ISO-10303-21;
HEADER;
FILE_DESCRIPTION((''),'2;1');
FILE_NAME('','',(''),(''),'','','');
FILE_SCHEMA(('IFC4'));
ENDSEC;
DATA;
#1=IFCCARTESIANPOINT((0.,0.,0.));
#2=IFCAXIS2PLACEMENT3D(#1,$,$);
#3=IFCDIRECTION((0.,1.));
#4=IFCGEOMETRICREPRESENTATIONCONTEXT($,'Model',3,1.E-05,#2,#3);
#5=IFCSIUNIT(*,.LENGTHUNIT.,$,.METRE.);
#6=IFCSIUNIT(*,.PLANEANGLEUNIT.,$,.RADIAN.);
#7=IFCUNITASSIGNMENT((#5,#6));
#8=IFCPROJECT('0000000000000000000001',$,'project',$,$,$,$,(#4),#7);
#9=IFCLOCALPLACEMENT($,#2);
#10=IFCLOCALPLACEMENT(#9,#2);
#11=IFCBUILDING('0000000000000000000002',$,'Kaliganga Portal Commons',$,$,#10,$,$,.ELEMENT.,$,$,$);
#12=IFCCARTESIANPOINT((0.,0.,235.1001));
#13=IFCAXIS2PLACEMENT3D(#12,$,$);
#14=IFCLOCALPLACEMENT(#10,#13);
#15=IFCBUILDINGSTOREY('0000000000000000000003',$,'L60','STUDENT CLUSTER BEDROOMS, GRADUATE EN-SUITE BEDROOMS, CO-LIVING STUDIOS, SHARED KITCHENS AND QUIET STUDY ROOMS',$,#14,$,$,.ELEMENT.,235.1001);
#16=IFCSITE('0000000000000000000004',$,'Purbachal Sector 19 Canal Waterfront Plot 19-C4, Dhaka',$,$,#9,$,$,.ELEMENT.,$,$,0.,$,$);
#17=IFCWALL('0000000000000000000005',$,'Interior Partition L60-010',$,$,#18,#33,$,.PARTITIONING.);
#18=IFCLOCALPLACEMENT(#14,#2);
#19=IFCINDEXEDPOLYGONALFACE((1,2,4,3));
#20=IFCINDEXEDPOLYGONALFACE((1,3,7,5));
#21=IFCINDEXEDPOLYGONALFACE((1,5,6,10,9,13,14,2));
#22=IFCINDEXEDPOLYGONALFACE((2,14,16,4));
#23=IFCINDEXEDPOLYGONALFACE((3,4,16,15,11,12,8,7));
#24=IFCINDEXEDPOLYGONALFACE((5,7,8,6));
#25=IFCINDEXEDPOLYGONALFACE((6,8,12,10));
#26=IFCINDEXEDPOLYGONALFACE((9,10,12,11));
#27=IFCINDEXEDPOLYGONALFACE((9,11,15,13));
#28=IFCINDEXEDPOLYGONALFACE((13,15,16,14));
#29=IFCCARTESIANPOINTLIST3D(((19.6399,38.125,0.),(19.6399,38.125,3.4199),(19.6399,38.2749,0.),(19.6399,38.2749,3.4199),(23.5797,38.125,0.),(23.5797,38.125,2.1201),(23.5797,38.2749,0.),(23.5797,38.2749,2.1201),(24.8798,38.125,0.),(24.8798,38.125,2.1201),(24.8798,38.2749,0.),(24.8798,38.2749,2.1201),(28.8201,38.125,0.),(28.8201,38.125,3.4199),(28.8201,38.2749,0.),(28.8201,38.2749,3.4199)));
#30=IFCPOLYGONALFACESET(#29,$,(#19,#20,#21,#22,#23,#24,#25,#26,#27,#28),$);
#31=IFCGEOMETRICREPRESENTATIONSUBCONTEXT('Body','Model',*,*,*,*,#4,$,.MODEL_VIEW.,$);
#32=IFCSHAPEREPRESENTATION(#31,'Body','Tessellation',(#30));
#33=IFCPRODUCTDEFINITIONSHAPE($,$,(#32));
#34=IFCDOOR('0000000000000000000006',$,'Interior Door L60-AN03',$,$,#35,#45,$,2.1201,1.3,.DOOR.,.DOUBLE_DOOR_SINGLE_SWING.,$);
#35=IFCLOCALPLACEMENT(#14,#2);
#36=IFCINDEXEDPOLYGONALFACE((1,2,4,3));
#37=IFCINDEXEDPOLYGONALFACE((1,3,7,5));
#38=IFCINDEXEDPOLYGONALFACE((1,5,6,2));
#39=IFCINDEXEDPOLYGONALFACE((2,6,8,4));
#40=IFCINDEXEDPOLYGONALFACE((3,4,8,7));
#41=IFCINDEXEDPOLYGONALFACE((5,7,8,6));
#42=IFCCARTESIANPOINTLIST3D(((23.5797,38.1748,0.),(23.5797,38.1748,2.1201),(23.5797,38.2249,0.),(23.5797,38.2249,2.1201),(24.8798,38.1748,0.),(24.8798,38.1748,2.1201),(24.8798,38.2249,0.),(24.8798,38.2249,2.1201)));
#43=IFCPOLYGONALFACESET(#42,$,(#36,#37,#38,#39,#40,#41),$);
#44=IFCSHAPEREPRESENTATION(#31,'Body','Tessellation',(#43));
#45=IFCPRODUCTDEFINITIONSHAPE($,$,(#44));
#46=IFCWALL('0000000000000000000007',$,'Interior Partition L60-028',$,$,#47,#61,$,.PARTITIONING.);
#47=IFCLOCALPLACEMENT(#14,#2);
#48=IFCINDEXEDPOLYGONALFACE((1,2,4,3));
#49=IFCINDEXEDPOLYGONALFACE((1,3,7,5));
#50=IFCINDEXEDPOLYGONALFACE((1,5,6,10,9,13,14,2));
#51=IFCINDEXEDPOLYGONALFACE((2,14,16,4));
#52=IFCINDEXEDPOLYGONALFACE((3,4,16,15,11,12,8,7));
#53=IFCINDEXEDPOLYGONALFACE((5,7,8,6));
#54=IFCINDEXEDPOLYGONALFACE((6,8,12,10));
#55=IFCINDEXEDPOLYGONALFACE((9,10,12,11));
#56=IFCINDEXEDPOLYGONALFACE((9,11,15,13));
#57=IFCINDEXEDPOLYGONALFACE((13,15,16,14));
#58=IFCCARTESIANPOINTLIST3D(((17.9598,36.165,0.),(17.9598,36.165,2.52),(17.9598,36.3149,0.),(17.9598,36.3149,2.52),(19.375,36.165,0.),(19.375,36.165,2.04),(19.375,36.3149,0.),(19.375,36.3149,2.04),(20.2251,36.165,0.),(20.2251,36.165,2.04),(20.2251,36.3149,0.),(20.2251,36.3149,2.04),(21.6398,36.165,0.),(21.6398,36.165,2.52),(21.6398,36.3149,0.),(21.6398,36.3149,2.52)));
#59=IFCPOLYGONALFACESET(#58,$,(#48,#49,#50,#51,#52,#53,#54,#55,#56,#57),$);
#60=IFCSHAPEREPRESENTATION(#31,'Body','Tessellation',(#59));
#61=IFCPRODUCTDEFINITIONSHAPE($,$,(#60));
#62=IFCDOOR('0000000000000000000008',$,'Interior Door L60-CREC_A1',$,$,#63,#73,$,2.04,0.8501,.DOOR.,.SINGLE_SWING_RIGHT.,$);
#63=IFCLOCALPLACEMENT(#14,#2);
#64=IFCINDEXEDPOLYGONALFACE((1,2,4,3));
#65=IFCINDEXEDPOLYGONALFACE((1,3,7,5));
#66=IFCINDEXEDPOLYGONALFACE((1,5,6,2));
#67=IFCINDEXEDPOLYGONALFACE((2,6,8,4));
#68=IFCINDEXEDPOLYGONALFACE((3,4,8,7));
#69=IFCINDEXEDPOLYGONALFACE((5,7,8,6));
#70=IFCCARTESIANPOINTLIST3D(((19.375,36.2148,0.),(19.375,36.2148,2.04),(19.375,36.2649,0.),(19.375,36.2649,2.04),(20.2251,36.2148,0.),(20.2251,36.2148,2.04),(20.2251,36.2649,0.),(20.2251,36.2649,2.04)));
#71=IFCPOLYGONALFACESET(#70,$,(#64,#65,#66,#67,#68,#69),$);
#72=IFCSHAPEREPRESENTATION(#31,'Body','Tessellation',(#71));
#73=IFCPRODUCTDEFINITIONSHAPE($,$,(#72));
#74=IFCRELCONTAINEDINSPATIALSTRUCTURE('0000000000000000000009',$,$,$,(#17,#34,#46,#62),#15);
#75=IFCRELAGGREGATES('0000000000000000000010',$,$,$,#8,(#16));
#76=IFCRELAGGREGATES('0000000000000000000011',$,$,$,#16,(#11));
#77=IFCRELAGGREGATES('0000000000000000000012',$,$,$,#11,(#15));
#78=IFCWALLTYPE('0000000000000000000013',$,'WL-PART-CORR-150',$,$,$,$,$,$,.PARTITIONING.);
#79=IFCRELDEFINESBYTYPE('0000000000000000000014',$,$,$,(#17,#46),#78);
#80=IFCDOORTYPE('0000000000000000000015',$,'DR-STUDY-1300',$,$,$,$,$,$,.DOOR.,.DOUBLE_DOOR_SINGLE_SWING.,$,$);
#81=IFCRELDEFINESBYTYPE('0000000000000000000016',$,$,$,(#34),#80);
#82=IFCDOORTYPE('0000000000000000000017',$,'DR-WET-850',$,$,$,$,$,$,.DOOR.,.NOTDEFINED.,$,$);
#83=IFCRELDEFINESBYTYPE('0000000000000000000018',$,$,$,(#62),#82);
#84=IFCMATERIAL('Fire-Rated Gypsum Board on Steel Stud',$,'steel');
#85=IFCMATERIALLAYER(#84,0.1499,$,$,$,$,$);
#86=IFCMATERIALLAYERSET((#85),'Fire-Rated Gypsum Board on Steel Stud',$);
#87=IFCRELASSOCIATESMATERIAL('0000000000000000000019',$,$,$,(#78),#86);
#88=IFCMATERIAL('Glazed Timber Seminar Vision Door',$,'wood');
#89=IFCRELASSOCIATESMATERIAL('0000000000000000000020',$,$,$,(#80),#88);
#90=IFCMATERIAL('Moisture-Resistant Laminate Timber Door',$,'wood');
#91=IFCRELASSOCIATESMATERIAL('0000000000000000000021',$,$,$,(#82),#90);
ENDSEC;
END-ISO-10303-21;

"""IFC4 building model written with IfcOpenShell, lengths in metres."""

from ifc_helpers import new_model, si_unit, direction, frame, frame_2d, origin, place, context, subcontext, project, spatial, rectangle, extrude, material, layer, layer_set, type_object, element, fill, save


model = new_model("IFC4")

# Units and contexts
model_context = context("Model", 3, precision=1e-05, world=origin(), true_north=direction((0.0, 1.0)))
body_context = subcontext(model_context, "Body", "Model", "MODEL_VIEW")
ifc_project = project(units=[si_unit("LENGTHUNIT", "METRE"), si_unit("PLANEANGLEUNIT", "RADIAN")], contexts=[model_context])

# Site, building, storey
site_placement = place(None, origin())
site = spatial("IfcSite", under=ifc_project, at=site_placement, Name="Purbachal Sector 19 Canal Waterfront Plot 19-C4, Dhaka", CompositionType="ELEMENT", RefElevation=0.0)
building_placement = place(site_placement, origin())
building = spatial("IfcBuilding", under=site, at=building_placement, Name="Kaliganga Portal Commons", CompositionType="ELEMENT")
storey_placement = place(building_placement, frame((0.0, 0.0, 235.1001)))
storey = spatial("IfcBuildingStorey", under=building, at=storey_placement, Name="L60", Description="STUDENT CLUSTER BEDROOMS, GRADUATE EN-SUITE BEDROOMS, CO-LIVING STUDIOS, SHARED KITCHENS AND QUIET STUDY ROOMS", CompositionType="ELEMENT", Elevation=235.1001)

# Walls, openings, doors
ifc_material_1 = material(Name="Fire-Rated Gypsum Board on Steel Stud", Category="steel")
ifc_layer_1 = layer(ifc_material_1, 0.1499)
ifc_layer_set_1 = layer_set([ifc_layer_1], Name="Fire-Rated Gypsum Board on Steel Stud")
wall_type_1 = type_object("IfcWallType", Name="WL-PART-CORR-150", PredefinedType="PARTITIONING", material=ifc_layer_set_1)
wall_1_placement = place(storey_placement, frame((19.6399, 38.2, 0.0), z_axis=(0.0, 0.0, 1.0), x_axis=(1.0, 0.0, 0.0)))
wall_1 = element("IfcWall", 1, at=wall_1_placement, inside=storey, type_object=wall_type_1, Name="Interior Partition L60-010", PredefinedType="PARTITIONING", context=body_context, shape_type="SweptSolid", body=[
    extrude(rectangle(XDim=9.1802, YDim=0.1499, at=frame_2d((4.5901, 0.0))), origin(), (0.0, 0.0, 1.0), 3.4199),
])
opening_1_placement = place(wall_1_placement, frame((3.9399, 0.0, 0.0)))
opening_1 = element("IfcOpeningElement", 2, at=opening_1_placement, cuts=wall_1, PredefinedType="OPENING", context=body_context, shape_type="SweptSolid", body=[
    extrude(rectangle(XDim=1.3, YDim=2.1201, at=frame_2d((0.6499, 1.0601))), frame((0.0, 0.085, 0.0), z_axis=(0.0, -1.0, 0.0), x_axis=(1.0, 0.0, 0.0)), (0.0, 0.0, 1.0), 0.1699),
])
ifc_material_2 = material(Name="Glazed Timber Seminar Vision Door", Category="wood")
door_type_1 = type_object("IfcDoorType", Name="DR-STUDY-1300", OperationType="DOUBLE_DOOR_SINGLE_SWING", PredefinedType="DOOR", material=ifc_material_2)
door_1_placement = place(opening_1_placement, origin())
door_1 = element("IfcDoor", 3, at=door_1_placement, inside=storey, type_object=door_type_1, Name="Interior Door L60-AN03", OperationType="DOUBLE_DOOR_SINGLE_SWING", OverallHeight=2.1201, OverallWidth=1.3, PredefinedType="DOOR", context=body_context, shape_type="SweptSolid", body=[
    extrude(rectangle(XDim=1.3, YDim=2.1201, at=frame_2d((0.6499, 1.0601))), frame((0.0, 0.0249, 0.0), z_axis=(0.0, -1.0, 0.0), x_axis=(1.0, 0.0, 0.0)), (0.0, 0.0, 1.0), 0.05),
])
fill(opening_1, door_1)
wall_2_placement = place(storey_placement, frame((17.96, 36.24, 0.0), z_axis=(0.0, 0.0, 1.0), x_axis=(1.0, 0.0, 0.0)))
wall_2 = element("IfcWall", 4, at=wall_2_placement, inside=storey, type_object=wall_type_1, Name="Interior Partition L60-028", PredefinedType="PARTITIONING", context=body_context, shape_type="SweptSolid", body=[
    extrude(rectangle(XDim=3.6799, YDim=0.1499, at=frame_2d((1.8398, 0.0))), origin(), (0.0, 0.0, 1.0), 2.52),
])
opening_2_placement = place(wall_2_placement, frame((1.415, 0.0, 0.0)))
opening_2 = element("IfcOpeningElement", 5, at=opening_2_placement, cuts=wall_2, PredefinedType="OPENING", context=body_context, shape_type="SweptSolid", body=[
    extrude(rectangle(XDim=0.8501, YDim=2.04, at=frame_2d((0.425, 1.02))), frame((0.0, 0.085, 0.0), z_axis=(0.0, -1.0, 0.0), x_axis=(1.0, 0.0, 0.0)), (0.0, 0.0, 1.0), 0.1699),
])
ifc_material_3 = material(Name="Moisture-Resistant Laminate Timber Door", Category="wood")
door_type_2 = type_object("IfcDoorType", Name="DR-WET-850", OperationType="NOTDEFINED", PredefinedType="DOOR", material=ifc_material_3)
door_2_placement = place(opening_2_placement, origin())
door_2 = element("IfcDoor", 6, at=door_2_placement, inside=storey, type_object=door_type_2, Name="Interior Door L60-CREC_A1", OperationType="SINGLE_SWING_RIGHT", OverallHeight=2.04, OverallWidth=0.8501, PredefinedType="DOOR", context=body_context, shape_type="SweptSolid", body=[
    extrude(rectangle(XDim=0.8501, YDim=2.04, at=frame_2d((0.425, 1.02))), frame((0.0, 0.0249, 0.0), z_axis=(0.0, -1.0, 0.0), x_axis=(1.0, 0.0, 0.0)), (0.0, 0.0, 1.0), 0.05),
])
fill(opening_2, door_2)

save(model, "model.ifc")
